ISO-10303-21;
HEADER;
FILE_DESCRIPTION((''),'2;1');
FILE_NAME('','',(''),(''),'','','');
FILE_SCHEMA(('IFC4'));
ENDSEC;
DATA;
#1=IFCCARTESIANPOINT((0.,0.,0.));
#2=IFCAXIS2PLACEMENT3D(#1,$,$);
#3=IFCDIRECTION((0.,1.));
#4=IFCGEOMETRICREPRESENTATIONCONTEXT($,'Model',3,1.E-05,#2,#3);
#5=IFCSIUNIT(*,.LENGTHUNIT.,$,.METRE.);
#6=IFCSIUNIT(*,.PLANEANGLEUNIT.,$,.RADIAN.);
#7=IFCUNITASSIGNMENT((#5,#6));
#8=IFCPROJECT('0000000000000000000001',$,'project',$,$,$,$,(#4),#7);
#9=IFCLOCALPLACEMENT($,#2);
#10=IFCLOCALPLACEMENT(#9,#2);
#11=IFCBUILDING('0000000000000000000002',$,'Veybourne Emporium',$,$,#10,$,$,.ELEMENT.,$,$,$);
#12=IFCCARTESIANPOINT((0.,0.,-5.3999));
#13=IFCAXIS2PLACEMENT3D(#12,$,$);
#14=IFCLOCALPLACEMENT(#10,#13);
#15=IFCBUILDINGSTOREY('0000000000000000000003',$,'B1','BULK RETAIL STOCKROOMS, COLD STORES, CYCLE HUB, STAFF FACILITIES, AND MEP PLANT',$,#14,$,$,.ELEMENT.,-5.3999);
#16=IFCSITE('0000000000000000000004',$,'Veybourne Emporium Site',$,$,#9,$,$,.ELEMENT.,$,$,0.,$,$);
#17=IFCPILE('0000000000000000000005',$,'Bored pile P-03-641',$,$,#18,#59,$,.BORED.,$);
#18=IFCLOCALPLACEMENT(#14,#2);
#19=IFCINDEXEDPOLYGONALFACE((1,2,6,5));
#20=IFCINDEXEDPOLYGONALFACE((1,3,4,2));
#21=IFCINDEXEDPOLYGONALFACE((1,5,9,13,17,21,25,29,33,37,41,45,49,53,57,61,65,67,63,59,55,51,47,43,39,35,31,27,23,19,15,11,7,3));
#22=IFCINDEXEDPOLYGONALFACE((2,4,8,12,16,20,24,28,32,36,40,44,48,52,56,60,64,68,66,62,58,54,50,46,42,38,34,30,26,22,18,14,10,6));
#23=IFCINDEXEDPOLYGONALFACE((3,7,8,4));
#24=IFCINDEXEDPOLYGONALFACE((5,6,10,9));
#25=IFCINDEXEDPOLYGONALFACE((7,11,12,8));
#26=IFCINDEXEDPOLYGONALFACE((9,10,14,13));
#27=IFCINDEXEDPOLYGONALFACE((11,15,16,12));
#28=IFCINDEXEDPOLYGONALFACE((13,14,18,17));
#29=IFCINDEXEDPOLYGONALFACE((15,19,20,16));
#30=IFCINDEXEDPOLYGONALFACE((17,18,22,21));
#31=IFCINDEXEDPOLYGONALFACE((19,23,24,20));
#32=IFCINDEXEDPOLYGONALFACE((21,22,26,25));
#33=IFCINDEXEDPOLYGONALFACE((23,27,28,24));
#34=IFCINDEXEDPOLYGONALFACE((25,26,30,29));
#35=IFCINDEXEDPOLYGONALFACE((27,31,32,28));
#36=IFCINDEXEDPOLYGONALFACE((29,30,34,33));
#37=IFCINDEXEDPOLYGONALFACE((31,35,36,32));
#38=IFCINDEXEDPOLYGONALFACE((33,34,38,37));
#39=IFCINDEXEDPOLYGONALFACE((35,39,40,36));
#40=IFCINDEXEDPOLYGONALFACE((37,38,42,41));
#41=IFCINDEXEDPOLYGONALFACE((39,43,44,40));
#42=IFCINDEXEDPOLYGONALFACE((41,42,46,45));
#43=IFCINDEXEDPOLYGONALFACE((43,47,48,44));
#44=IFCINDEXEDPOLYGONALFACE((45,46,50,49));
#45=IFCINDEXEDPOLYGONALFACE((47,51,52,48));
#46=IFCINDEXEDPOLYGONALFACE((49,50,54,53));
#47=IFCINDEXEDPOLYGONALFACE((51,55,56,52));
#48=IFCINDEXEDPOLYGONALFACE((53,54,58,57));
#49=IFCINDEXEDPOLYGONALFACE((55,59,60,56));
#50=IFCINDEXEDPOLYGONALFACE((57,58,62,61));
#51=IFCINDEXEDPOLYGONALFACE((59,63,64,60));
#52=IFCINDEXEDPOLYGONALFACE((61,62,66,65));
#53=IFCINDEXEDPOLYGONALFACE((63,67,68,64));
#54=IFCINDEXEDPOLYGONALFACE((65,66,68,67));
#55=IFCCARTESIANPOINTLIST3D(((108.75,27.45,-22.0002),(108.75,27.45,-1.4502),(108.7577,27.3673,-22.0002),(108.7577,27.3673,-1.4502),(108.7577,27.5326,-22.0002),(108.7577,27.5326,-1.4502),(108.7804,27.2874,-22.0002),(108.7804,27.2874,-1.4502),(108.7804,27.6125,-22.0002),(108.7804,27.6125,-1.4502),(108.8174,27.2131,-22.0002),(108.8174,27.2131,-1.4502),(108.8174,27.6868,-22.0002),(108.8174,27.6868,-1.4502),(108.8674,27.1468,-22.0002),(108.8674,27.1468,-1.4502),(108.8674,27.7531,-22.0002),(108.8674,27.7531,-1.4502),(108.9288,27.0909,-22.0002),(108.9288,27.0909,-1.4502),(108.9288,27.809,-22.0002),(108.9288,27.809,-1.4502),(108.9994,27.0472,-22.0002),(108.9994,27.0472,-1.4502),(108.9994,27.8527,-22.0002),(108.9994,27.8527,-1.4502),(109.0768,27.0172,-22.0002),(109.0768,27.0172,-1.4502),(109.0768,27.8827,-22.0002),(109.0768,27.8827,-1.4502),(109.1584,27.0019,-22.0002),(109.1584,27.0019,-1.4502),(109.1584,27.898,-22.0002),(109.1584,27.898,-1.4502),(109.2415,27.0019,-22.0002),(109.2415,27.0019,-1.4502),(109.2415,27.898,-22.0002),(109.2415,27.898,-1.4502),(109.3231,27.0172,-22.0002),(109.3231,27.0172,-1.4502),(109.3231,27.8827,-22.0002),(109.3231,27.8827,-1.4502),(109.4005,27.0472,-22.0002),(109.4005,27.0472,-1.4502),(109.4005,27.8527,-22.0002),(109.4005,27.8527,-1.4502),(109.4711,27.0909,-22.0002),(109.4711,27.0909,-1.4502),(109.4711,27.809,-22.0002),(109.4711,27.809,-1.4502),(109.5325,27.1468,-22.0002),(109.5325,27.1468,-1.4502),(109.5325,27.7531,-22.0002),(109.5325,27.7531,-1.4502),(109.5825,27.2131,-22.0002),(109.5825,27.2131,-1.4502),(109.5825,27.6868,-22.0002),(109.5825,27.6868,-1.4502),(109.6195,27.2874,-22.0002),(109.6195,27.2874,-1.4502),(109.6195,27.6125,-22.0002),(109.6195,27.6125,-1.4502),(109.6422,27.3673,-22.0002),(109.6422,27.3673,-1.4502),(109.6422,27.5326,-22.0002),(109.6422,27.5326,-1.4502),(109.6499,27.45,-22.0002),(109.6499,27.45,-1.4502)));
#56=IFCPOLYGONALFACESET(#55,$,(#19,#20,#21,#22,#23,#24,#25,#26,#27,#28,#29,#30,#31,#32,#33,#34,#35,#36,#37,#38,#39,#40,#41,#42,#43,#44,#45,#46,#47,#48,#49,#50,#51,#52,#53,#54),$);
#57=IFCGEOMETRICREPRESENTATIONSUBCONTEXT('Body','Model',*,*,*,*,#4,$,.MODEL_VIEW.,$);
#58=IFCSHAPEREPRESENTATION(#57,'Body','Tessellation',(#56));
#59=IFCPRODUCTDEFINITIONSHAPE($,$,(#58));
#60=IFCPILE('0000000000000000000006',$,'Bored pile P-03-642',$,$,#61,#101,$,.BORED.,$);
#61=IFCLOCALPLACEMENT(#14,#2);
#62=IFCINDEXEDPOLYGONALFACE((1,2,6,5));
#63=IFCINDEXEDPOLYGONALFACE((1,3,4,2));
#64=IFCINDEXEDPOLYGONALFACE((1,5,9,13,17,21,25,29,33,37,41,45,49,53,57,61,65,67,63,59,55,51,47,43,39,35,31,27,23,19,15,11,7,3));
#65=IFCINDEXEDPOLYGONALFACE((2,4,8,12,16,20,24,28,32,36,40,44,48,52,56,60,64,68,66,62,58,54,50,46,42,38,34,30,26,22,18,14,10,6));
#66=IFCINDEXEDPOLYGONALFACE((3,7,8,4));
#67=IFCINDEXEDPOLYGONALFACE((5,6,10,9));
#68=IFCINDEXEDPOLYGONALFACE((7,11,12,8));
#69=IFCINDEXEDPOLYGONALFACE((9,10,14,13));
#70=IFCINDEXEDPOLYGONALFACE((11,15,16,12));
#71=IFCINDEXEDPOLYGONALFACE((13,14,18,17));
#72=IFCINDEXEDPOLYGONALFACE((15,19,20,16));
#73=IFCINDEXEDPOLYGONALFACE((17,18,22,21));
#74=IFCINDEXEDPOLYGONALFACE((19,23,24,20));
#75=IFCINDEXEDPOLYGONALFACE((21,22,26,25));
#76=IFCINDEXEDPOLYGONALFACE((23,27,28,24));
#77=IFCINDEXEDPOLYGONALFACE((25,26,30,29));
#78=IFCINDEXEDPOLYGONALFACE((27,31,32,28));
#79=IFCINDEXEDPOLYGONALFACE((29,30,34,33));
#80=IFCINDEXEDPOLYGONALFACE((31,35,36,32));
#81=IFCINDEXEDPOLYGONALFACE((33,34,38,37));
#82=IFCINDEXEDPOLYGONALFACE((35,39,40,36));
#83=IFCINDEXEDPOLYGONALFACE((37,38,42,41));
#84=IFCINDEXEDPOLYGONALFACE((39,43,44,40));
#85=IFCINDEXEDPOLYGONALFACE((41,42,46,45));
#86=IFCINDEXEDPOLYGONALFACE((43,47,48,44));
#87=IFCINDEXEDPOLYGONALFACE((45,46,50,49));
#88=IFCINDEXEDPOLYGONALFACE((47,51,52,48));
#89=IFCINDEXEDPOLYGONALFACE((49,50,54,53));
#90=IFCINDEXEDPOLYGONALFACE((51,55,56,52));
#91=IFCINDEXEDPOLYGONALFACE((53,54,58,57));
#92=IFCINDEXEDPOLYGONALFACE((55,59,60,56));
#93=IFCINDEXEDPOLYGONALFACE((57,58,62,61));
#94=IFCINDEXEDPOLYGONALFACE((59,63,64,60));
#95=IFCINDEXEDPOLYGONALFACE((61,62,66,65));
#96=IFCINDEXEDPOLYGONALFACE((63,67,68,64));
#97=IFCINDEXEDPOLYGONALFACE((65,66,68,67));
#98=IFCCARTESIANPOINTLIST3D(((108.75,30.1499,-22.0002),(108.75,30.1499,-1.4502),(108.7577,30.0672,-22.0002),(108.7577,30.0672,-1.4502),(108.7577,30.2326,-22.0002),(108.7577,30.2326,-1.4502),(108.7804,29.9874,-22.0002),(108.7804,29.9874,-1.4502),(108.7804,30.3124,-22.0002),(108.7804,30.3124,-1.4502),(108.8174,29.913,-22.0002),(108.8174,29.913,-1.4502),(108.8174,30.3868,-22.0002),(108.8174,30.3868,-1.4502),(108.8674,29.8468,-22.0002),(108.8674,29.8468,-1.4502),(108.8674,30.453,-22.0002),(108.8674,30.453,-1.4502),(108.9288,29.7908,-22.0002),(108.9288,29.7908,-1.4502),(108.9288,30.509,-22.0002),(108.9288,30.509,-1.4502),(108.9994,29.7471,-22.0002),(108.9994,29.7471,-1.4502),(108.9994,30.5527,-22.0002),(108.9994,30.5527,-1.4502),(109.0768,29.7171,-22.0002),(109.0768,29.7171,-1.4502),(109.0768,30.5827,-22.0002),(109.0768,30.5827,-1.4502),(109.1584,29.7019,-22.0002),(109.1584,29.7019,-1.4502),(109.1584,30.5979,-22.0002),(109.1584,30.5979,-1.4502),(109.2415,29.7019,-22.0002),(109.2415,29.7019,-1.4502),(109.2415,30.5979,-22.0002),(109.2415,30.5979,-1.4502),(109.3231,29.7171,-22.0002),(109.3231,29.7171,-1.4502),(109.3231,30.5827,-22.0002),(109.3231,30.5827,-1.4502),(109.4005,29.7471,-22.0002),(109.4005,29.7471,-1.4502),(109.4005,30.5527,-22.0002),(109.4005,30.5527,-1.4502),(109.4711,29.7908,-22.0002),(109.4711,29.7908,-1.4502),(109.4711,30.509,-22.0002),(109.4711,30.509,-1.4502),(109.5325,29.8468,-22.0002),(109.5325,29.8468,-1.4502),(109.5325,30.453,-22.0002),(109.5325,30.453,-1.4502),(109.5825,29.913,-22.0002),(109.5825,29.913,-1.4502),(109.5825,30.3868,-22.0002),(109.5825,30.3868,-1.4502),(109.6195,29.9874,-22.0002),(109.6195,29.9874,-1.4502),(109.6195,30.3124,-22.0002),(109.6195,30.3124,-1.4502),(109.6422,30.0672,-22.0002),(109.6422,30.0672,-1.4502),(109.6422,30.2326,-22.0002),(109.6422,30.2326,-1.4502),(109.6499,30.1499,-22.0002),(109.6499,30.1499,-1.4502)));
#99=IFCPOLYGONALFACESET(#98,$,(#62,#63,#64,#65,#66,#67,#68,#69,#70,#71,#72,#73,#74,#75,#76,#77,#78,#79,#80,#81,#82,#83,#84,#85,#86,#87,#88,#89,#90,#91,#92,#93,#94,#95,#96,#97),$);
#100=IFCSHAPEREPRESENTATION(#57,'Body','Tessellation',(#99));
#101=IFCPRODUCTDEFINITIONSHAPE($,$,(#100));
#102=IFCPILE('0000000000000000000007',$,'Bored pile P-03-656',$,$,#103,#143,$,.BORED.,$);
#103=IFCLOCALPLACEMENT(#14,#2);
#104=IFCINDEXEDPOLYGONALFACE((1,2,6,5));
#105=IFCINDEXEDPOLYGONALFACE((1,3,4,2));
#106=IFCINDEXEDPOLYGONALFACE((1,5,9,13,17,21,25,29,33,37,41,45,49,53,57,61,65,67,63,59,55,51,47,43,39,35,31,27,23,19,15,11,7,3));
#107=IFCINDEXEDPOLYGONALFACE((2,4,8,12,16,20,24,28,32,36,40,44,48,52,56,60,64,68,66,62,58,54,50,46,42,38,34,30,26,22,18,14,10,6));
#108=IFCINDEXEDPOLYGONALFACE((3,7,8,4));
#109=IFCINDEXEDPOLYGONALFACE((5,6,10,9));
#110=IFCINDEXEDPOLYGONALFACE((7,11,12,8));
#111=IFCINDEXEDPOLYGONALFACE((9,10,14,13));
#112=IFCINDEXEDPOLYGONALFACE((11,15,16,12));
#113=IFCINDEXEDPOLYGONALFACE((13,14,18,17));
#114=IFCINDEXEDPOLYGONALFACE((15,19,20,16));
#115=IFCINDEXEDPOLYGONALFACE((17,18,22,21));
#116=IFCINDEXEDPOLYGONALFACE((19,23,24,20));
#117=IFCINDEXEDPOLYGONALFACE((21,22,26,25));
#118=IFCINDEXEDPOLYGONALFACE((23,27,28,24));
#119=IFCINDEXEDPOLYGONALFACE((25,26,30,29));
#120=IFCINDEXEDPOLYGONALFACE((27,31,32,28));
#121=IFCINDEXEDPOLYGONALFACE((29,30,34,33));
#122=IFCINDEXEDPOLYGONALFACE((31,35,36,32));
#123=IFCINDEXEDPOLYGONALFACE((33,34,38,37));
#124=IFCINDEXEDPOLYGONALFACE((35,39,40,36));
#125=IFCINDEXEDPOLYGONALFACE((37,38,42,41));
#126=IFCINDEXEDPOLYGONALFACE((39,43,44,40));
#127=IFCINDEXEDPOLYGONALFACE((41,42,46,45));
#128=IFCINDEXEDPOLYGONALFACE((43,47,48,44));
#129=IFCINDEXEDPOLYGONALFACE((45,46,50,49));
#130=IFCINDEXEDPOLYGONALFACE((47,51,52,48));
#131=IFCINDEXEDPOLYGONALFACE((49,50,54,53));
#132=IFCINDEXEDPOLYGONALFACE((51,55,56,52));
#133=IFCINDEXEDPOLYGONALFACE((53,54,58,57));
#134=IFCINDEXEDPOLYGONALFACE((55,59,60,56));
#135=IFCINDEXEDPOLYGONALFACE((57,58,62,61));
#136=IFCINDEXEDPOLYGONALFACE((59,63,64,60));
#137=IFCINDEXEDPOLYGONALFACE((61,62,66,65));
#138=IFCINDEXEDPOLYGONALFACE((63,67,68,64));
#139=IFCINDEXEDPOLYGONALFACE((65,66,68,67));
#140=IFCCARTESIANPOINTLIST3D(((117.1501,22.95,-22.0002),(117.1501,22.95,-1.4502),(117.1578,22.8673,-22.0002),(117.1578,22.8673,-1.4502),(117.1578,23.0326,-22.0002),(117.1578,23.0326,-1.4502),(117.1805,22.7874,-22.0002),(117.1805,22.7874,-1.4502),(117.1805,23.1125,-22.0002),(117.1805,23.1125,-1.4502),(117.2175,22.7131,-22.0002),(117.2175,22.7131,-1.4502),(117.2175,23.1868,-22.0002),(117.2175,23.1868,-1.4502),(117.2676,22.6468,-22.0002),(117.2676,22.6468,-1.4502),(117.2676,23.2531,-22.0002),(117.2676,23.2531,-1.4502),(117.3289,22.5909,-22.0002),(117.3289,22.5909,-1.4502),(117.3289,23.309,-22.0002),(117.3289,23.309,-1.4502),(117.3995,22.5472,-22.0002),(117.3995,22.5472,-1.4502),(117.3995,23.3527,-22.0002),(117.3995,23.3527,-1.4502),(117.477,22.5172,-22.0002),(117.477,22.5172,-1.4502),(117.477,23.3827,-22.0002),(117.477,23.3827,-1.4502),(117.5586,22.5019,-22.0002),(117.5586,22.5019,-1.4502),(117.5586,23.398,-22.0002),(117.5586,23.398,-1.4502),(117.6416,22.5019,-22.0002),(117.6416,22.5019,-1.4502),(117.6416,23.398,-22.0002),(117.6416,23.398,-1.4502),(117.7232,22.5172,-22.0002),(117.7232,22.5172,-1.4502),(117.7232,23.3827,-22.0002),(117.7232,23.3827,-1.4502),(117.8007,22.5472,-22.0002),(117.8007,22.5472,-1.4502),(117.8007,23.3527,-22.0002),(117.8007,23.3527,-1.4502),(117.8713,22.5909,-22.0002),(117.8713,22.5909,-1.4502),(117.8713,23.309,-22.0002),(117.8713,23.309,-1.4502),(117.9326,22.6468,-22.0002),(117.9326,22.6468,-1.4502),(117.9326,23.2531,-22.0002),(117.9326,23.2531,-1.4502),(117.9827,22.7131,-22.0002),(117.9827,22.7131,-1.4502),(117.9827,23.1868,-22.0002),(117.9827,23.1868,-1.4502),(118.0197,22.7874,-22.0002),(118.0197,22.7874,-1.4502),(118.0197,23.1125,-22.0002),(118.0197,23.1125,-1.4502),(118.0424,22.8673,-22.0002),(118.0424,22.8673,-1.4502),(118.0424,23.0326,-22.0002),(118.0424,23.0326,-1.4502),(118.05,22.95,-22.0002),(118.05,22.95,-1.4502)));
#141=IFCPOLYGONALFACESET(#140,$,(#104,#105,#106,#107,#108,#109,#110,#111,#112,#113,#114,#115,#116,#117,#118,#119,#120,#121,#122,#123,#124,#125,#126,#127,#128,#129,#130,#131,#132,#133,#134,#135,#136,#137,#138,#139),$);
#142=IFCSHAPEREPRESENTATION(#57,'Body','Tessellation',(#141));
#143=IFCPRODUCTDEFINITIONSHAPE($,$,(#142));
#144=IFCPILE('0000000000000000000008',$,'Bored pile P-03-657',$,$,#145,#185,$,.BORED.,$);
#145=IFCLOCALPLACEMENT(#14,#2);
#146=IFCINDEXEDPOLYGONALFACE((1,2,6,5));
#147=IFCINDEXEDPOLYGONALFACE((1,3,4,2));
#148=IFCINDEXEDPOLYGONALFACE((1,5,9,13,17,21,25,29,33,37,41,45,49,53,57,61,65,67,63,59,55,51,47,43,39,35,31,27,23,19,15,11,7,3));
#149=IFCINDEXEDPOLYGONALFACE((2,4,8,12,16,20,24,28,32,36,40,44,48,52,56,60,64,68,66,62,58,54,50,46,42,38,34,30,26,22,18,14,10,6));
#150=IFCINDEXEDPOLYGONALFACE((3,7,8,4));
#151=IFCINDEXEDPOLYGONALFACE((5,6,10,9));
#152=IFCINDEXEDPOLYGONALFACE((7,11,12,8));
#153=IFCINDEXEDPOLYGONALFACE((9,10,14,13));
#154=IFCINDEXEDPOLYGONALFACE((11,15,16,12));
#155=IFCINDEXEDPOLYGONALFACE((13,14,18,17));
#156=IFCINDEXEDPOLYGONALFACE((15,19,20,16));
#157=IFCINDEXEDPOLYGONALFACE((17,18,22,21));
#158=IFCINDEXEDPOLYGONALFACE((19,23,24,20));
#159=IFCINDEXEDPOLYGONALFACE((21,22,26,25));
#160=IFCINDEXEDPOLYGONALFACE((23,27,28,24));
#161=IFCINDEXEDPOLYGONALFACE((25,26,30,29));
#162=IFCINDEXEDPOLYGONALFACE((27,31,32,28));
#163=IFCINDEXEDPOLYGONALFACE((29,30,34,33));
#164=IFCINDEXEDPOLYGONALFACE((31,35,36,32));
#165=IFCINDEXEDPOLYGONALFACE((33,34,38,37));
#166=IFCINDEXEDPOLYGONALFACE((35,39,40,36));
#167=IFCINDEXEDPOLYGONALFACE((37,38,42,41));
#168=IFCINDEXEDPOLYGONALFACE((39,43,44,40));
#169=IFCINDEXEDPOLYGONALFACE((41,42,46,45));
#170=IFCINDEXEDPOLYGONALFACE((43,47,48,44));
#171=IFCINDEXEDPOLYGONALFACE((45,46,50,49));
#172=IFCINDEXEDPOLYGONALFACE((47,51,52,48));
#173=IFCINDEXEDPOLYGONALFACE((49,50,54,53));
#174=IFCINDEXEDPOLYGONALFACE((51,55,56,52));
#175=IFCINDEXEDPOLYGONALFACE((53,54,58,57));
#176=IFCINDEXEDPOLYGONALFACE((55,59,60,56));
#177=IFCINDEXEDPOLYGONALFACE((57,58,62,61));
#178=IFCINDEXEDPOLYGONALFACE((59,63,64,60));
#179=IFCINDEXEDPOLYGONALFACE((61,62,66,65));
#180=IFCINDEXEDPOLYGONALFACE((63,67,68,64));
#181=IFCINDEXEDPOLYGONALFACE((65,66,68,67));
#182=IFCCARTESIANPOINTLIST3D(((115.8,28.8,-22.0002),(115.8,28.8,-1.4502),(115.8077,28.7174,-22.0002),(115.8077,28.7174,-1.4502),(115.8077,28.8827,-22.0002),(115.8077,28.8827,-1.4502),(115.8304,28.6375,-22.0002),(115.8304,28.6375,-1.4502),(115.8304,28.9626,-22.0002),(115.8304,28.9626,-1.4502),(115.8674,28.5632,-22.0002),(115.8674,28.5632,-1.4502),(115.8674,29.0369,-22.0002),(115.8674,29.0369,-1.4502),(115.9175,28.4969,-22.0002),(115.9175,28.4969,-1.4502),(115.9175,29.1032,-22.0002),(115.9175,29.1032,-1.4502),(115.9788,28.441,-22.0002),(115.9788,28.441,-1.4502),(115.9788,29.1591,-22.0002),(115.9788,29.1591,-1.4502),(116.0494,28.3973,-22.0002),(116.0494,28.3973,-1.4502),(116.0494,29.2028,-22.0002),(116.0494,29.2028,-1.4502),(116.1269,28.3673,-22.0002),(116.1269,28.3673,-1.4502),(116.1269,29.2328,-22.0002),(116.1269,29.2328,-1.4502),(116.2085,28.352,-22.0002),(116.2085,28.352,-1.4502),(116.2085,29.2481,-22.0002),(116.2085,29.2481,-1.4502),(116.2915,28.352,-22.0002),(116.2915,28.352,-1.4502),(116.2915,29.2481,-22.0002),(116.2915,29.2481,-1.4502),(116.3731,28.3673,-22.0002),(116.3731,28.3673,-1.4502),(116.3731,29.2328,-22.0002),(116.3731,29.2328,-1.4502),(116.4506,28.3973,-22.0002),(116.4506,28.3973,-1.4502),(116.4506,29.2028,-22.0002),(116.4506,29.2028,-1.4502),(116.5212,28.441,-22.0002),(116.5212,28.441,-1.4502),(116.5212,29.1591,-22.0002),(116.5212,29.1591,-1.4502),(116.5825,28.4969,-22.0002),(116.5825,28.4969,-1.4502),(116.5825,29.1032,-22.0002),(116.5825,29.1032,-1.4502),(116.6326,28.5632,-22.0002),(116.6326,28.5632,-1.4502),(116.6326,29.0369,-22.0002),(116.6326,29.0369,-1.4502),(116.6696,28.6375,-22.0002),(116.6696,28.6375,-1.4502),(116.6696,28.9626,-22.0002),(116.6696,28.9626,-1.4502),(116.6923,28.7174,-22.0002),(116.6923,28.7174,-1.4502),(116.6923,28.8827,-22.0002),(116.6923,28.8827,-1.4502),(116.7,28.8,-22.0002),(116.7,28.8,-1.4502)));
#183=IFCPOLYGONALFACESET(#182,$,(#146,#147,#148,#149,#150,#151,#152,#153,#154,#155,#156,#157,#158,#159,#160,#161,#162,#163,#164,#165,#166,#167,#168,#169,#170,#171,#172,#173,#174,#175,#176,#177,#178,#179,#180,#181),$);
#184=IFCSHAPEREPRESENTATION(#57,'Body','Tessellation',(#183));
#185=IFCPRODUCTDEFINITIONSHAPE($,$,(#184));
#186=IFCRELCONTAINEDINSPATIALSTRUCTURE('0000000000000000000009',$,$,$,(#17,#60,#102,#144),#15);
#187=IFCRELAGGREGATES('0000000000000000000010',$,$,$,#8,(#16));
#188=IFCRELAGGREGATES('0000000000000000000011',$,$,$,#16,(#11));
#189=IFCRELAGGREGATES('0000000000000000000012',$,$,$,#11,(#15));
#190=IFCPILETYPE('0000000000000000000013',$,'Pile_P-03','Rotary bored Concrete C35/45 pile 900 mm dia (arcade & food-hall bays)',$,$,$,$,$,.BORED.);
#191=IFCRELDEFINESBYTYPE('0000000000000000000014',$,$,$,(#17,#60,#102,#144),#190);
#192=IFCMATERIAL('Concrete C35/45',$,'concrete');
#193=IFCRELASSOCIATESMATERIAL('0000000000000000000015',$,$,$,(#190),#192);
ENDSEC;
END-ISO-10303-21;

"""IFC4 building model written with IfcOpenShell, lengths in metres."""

from ifc_helpers import new_model, si_unit, direction, frame, origin, origin_2d, place, context, subcontext, project, spatial, circle, extrude, material, material_profile, profile_set, type_object, element, save


model = new_model("IFC4")

# Units and contexts
model_context = context("Model", 3, precision=1e-05, world=origin(), true_north=direction((0.0, 1.0)))
body_context = subcontext(model_context, "Body", "Model", "MODEL_VIEW")
ifc_project = project(units=[si_unit("LENGTHUNIT", "METRE"), si_unit("PLANEANGLEUNIT", "RADIAN")], contexts=[model_context])

# Site, building, storey
site_placement = place(None, origin())
site = spatial("IfcSite", under=ifc_project, at=site_placement, Name="Veybourne Emporium Site", CompositionType="ELEMENT", RefElevation=0.0)
building_placement = place(site_placement, origin())
building = spatial("IfcBuilding", under=site, at=building_placement, Name="Veybourne Emporium", CompositionType="ELEMENT")
storey_placement = place(building_placement, frame((0.0, 0.0, -5.3999)))
storey = spatial("IfcBuildingStorey", under=building, at=storey_placement, Name="B1", Description="BULK RETAIL STOCKROOMS, COLD STORES, CYCLE HUB, STAFF FACILITIES, AND MEP PLANT", CompositionType="ELEMENT", Elevation=-5.3999)

# Shared definitions
ifc_material_1 = material(Name="Concrete C35/45", Category="concrete")

# Piles
ifc_material_profile_1 = material_profile(ifc_material_1, circle(Radius=0.45, at=origin_2d()), Name="BORED PILE 900")
ifc_profile_set_1 = profile_set([ifc_material_profile_1], Name="Concrete C35/45")
pile_type_1 = type_object("IfcPileType", Name="Pile_P-03", Description="Rotary bored Concrete C35/45 pile 900 mm dia (arcade & food-hall bays)", PredefinedType="BORED", material=ifc_profile_set_1)
for number, where, z_axis, x_axis, name in (
    (1, (109.2, 27.45, -1.4502), (0.0, 0.0, -1.0), (1.0, 0.0, 0.0), "Bored pile P-03-641"),
    (2, (109.2, 30.1499, -1.4502), (0.0, 0.0, -1.0), (1.0, 0.0, 0.0), "Bored pile P-03-642"),
    (3, (117.6001, 22.95, -1.4502), (0.0, 0.0, -1.0), (1.0, 0.0, 0.0), "Bored pile P-03-656"),
    (4, (116.25, 28.8, -1.4502), (0.0, 0.0, -1.0), (1.0, 0.0, 0.0), "Bored pile P-03-657"),
):
    element("IfcPile", number, at=place(storey_placement, frame(where, z_axis=z_axis, x_axis=x_axis)), inside=storey, type_object=pile_type_1, Name=name, PredefinedType="BORED", context=body_context, shape_type="SweptSolid", body=[
        extrude(circle(Radius=0.45, at=origin_2d()), origin(), (0.0, 0.0, 1.0), 20.55),
    ])

save(model, "model.ifc")
